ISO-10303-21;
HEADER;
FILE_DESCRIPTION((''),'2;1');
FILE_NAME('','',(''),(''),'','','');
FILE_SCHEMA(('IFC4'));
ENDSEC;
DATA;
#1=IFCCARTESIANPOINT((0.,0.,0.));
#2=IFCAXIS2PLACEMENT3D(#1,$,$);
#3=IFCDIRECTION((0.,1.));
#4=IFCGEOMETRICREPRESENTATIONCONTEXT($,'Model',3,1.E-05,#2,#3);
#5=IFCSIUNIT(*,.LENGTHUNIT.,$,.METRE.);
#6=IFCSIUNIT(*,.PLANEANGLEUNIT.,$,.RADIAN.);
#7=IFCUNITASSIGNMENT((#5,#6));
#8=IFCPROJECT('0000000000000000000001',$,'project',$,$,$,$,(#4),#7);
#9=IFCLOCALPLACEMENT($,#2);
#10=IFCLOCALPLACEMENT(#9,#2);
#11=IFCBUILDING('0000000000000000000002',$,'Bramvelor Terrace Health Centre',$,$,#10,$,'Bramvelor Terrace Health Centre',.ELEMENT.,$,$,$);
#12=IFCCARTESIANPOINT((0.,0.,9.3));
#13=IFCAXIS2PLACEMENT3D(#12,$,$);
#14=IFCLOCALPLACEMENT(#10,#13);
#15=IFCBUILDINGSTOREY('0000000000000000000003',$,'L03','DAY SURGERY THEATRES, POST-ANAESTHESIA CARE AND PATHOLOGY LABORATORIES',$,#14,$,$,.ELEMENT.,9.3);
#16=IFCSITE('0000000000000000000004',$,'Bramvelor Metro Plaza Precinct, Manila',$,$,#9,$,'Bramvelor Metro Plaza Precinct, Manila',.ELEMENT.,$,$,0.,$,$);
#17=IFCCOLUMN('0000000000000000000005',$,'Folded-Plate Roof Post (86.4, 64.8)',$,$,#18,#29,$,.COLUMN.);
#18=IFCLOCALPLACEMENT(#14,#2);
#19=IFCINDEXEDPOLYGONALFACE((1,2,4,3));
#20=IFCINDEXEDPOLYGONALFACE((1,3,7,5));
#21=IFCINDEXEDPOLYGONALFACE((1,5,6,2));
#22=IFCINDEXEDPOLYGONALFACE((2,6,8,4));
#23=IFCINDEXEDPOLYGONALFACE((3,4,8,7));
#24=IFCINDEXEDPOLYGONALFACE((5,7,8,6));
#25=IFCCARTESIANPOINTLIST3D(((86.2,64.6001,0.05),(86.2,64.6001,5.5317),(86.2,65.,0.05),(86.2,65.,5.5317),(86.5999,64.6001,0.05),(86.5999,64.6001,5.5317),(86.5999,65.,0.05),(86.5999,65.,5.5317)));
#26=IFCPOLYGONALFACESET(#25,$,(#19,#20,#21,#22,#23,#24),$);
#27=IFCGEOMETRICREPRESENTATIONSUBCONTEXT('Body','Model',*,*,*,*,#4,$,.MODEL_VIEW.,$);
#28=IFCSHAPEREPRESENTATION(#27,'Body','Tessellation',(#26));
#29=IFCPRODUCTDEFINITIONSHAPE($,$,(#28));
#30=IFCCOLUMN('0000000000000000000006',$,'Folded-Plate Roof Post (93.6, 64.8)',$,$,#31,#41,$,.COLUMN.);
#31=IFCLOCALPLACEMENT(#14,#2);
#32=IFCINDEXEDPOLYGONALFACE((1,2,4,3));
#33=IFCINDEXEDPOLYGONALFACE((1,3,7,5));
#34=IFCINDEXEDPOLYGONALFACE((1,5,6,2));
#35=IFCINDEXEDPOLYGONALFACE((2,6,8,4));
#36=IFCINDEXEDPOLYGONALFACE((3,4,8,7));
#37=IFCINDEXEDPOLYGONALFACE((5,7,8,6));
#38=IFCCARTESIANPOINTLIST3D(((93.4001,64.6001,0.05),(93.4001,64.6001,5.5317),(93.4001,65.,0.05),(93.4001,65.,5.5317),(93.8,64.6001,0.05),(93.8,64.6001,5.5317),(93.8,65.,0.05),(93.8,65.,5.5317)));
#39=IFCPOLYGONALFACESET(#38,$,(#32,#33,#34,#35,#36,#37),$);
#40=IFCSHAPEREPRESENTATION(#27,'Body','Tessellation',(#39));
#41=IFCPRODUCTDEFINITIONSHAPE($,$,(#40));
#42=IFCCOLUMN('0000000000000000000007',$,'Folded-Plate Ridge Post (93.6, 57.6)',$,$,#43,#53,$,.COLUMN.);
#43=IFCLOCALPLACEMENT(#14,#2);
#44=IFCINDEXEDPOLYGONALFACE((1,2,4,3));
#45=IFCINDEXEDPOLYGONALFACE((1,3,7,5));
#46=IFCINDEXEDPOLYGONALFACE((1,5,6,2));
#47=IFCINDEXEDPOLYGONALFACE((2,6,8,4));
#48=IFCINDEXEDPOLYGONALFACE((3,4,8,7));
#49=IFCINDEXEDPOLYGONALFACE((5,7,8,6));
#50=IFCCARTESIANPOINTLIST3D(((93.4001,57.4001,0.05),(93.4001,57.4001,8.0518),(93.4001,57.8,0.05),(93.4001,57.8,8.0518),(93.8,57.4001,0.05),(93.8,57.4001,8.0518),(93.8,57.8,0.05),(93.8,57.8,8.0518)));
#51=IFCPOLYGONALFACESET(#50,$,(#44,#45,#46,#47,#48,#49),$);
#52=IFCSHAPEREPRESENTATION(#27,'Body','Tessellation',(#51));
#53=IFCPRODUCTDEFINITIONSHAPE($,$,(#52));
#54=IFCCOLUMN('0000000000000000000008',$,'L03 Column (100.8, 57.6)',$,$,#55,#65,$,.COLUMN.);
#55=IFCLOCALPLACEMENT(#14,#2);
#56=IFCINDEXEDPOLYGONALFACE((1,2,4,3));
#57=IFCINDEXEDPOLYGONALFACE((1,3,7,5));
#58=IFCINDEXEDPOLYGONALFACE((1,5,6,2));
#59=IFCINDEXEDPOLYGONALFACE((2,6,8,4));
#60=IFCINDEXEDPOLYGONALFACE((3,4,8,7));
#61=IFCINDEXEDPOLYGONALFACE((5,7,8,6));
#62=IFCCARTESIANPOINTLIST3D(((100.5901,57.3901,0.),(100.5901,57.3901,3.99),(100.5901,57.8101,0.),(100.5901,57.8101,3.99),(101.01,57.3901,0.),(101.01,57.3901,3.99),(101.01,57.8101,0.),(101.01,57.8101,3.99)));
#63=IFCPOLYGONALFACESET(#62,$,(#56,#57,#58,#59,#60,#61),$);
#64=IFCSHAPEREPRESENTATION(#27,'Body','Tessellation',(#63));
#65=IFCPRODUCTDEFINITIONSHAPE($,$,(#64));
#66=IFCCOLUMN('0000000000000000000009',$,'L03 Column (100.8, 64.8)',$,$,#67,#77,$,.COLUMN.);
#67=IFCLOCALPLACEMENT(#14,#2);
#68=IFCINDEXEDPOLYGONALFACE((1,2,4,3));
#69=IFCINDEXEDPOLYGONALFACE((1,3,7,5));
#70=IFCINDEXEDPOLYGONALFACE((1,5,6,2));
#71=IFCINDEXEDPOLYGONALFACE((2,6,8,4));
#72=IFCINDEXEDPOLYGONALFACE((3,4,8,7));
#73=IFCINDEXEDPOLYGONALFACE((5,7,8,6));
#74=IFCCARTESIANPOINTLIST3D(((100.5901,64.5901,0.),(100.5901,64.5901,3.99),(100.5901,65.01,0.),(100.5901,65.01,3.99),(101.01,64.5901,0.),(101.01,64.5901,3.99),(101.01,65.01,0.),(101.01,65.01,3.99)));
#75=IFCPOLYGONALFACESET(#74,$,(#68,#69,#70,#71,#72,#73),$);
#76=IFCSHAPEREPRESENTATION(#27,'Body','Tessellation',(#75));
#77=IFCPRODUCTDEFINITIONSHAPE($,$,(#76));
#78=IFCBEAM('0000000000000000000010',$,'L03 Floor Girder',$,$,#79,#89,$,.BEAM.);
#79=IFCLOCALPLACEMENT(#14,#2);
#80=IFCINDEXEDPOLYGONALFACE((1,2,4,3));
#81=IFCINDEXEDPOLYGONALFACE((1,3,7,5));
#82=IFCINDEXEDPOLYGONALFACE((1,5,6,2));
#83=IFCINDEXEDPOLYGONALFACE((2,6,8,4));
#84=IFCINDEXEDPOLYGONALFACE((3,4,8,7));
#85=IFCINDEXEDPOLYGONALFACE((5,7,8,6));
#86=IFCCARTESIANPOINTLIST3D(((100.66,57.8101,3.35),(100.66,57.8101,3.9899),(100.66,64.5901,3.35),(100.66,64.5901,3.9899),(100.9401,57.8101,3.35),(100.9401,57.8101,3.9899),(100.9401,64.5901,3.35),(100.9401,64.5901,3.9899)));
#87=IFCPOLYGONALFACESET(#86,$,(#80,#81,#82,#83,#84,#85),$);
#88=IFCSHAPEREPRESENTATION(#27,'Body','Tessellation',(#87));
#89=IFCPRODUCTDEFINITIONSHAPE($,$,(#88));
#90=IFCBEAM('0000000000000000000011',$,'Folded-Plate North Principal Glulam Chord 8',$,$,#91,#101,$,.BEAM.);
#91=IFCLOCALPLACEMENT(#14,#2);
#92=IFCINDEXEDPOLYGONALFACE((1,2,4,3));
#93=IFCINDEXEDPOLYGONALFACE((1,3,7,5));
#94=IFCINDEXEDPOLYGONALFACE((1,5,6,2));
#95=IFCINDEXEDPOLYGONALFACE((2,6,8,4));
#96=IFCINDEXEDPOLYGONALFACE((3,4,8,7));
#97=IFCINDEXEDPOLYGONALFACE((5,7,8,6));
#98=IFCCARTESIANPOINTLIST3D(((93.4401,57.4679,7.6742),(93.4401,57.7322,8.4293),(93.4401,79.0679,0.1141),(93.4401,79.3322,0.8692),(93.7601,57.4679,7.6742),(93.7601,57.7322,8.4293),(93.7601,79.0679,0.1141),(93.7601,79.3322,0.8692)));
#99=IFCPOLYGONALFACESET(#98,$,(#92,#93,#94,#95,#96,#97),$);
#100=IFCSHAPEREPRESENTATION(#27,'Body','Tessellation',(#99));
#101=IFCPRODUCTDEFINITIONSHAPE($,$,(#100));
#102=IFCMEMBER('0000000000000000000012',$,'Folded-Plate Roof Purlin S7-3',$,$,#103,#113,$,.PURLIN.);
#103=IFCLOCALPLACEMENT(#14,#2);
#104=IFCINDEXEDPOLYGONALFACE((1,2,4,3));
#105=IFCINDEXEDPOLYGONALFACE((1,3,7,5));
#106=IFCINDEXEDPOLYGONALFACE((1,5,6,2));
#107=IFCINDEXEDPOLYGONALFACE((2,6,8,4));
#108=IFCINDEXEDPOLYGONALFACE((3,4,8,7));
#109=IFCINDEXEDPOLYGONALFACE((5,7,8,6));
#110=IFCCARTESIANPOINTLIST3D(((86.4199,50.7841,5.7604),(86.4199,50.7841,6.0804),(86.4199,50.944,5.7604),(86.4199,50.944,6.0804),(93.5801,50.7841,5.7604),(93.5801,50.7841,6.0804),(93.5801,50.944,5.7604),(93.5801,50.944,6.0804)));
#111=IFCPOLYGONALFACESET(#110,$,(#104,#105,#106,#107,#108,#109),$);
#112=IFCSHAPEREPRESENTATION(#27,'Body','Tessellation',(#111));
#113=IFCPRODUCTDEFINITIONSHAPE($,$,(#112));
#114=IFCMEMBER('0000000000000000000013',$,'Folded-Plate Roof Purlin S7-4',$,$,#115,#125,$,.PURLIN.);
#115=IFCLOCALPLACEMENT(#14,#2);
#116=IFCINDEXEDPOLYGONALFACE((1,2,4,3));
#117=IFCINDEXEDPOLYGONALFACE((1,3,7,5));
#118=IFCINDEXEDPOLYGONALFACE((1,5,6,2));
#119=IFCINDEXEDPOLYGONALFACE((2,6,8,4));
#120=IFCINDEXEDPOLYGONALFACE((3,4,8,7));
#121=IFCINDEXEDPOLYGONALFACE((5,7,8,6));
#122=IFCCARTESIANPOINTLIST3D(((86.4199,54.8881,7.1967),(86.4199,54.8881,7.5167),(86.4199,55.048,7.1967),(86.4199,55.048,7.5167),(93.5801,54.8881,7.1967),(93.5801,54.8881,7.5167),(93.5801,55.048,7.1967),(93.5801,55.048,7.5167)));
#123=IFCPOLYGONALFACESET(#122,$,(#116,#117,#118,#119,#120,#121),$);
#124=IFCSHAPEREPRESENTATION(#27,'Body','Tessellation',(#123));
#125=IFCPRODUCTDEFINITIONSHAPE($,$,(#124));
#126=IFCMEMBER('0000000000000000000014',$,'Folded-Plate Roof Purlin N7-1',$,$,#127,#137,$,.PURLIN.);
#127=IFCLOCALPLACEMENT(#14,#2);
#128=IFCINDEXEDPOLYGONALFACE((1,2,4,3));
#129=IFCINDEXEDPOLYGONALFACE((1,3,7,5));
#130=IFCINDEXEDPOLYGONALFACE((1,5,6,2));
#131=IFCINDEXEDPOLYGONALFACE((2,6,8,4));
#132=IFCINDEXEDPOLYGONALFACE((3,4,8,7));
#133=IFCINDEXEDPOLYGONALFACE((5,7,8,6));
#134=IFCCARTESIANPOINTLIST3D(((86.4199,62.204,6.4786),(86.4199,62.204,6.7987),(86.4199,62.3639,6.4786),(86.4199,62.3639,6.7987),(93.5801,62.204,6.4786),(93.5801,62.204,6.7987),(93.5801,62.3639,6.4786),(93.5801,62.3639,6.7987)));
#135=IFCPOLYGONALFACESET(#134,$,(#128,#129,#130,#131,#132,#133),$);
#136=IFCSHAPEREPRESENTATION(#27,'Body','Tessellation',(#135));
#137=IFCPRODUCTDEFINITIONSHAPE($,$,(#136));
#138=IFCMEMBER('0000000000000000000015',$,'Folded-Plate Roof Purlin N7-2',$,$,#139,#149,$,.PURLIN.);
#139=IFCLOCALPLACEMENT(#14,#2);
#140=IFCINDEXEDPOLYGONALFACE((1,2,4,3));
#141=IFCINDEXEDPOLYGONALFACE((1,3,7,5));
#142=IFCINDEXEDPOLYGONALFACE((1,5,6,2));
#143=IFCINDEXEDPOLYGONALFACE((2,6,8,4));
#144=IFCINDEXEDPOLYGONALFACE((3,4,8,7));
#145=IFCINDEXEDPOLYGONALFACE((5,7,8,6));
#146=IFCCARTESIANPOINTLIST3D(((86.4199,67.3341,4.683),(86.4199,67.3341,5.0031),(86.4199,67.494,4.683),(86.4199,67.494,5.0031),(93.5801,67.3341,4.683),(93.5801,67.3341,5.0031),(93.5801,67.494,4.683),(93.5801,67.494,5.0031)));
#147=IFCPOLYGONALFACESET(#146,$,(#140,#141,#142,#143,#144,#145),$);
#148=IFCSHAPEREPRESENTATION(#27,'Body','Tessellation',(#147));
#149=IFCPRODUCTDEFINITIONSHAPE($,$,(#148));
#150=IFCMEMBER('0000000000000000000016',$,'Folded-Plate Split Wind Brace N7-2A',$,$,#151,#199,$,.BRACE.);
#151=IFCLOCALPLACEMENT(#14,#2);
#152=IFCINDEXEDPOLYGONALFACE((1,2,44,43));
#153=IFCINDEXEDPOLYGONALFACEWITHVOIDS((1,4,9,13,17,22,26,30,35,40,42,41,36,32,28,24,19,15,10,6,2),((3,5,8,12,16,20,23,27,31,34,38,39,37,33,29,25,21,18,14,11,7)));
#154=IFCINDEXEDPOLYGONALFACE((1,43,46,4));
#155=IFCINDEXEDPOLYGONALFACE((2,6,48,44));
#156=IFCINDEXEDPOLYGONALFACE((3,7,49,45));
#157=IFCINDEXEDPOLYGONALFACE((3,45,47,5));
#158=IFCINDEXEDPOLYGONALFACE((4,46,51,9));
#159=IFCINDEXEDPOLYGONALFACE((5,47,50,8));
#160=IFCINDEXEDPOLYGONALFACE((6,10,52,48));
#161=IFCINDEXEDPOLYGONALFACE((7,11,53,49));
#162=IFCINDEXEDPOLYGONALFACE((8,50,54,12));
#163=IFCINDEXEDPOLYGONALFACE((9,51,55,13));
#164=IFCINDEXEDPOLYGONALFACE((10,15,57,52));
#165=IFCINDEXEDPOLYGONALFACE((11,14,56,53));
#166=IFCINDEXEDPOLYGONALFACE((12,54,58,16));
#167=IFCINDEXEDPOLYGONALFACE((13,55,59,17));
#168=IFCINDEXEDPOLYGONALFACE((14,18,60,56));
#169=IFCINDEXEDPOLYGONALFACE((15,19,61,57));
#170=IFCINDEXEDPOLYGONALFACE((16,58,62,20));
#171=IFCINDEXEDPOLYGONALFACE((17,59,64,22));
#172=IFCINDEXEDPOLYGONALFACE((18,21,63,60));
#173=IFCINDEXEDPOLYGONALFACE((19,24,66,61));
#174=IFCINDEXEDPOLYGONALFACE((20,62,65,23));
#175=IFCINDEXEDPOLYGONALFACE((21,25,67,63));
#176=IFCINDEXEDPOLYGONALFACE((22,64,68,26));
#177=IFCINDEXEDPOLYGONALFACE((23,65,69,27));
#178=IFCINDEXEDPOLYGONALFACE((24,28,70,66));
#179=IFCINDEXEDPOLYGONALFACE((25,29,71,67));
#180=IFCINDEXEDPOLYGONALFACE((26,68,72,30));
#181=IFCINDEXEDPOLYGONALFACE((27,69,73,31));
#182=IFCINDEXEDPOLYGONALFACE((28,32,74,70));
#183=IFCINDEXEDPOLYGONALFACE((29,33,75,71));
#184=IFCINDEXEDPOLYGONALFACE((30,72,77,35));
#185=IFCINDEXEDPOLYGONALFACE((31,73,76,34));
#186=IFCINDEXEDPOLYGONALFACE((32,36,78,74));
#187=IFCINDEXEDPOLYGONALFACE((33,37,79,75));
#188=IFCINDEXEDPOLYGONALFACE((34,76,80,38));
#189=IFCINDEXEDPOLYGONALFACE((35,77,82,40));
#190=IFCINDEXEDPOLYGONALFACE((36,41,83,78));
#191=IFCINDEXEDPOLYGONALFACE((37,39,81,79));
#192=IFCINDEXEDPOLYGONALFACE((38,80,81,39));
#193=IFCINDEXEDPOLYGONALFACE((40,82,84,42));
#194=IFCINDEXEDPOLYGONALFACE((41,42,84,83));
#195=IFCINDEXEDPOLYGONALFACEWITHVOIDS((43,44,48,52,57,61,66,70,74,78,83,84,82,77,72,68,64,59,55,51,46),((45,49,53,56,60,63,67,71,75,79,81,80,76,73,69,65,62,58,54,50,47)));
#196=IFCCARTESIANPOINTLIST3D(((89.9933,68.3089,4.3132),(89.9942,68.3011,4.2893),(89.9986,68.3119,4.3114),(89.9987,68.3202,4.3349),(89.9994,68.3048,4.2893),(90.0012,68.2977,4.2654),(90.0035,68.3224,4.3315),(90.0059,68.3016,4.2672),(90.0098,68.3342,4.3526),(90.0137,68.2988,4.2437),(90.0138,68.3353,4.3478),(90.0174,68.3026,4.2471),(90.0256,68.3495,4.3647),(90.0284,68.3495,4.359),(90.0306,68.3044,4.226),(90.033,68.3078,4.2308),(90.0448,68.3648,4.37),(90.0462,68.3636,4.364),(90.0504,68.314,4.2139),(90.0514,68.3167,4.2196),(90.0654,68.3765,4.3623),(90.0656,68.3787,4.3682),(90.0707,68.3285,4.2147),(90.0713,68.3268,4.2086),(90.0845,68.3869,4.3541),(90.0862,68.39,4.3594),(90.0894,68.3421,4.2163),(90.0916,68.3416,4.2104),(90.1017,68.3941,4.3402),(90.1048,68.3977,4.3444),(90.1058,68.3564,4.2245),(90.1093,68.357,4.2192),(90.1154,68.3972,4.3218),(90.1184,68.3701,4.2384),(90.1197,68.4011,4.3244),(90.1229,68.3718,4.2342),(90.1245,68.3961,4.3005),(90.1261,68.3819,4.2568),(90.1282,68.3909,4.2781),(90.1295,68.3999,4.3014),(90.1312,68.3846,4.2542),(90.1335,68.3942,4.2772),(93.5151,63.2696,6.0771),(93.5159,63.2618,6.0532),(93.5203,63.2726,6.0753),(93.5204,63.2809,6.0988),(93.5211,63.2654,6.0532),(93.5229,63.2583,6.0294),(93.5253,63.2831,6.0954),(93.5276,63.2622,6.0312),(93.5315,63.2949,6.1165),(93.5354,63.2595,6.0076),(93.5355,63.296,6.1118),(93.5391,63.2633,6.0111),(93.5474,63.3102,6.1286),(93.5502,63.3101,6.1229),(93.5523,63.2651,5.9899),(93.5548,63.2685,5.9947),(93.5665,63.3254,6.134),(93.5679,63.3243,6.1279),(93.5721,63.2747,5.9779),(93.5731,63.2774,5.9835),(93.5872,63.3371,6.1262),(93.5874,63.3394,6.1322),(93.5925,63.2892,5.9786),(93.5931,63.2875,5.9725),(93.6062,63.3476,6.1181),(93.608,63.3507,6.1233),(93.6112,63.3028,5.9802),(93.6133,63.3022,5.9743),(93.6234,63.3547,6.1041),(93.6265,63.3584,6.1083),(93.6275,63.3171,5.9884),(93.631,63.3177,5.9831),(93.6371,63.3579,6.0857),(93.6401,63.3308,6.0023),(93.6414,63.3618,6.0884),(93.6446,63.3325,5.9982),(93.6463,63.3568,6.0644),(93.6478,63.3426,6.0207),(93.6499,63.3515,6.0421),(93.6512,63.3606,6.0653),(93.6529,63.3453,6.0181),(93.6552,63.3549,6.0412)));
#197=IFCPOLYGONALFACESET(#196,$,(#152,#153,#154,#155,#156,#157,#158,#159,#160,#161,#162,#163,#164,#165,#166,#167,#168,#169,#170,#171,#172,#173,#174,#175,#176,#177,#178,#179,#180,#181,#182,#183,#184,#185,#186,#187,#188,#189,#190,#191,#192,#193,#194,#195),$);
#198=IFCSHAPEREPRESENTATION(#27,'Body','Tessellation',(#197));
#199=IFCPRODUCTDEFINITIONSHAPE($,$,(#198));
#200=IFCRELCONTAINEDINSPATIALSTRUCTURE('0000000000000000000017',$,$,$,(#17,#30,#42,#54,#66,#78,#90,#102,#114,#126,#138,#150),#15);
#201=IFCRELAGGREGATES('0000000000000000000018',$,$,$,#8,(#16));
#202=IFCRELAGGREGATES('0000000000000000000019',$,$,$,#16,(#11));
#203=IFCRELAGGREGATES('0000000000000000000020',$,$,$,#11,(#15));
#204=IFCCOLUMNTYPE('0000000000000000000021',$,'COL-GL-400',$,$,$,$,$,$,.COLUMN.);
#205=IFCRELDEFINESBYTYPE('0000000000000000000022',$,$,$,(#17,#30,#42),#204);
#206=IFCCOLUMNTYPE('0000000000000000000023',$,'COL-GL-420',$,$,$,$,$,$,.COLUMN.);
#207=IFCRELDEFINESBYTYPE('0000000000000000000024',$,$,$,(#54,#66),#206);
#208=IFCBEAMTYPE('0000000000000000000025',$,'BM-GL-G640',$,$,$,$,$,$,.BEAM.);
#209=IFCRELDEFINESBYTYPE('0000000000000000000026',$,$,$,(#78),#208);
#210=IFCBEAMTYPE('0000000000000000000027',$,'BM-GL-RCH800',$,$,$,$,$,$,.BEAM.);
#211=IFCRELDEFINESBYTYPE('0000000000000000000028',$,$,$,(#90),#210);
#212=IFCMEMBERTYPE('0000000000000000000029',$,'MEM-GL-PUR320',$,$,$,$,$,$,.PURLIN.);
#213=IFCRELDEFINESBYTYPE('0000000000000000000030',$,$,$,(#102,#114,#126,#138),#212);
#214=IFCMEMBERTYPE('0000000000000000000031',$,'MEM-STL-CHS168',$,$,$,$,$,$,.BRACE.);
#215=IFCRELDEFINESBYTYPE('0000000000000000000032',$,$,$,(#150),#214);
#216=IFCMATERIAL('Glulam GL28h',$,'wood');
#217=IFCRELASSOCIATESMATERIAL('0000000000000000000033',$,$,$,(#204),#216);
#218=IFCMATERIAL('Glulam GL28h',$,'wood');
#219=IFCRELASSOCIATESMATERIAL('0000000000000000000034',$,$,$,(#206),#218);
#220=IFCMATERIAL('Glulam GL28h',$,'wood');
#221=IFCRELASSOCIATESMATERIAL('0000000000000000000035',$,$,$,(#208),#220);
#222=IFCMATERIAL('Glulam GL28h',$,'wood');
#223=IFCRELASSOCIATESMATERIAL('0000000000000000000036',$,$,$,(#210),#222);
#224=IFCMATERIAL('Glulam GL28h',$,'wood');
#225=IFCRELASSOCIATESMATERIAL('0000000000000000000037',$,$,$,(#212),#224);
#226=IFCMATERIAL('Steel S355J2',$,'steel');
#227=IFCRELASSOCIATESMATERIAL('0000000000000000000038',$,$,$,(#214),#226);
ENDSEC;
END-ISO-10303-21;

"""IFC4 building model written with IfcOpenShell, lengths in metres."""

from ifc_helpers import new_model, si_unit, direction, frame, origin, origin_2d, place, context, subcontext, project, spatial, rectangle, hollow_circle, extrude, material, material_profile, profile_set, type_object, element, save


model = new_model("IFC4")

# Units and contexts
model_context = context("Model", 3, precision=1e-05, world=origin(), true_north=direction((0.0, 1.0)))
body_context = subcontext(model_context, "Body", "Model", "MODEL_VIEW")
ifc_project = project(units=[si_unit("LENGTHUNIT", "METRE"), si_unit("PLANEANGLEUNIT", "RADIAN")], contexts=[model_context])

# Site, building, storey
site_placement = place(None, origin())
site = spatial("IfcSite", under=ifc_project, at=site_placement, Name="Bramvelor Metro Plaza Precinct, Manila", LongName="Bramvelor Metro Plaza Precinct, Manila", CompositionType="ELEMENT", RefElevation=0.0)
building_placement = place(site_placement, origin())
building = spatial("IfcBuilding", under=site, at=building_placement, Name="Bramvelor Terrace Health Centre", LongName="Bramvelor Terrace Health Centre", CompositionType="ELEMENT")
storey_placement = place(building_placement, frame((0.0, 0.0, 9.3)))
storey = spatial("IfcBuildingStorey", under=building, at=storey_placement, Name="L03", Description="DAY SURGERY THEATRES, POST-ANAESTHESIA CARE AND PATHOLOGY LABORATORIES", CompositionType="ELEMENT", Elevation=9.3)

# Columns
ifc_material_1 = material(Name="Glulam GL28h", Category="wood")
ifc_material_profile_1 = material_profile(ifc_material_1, rectangle(XDim=0.3999, YDim=0.3999, at=origin_2d()), Name="GL 400x400")
ifc_profile_set_1 = profile_set([ifc_material_profile_1], Name="Glulam GL28h")
column_type_1 = type_object("IfcColumnType", Name="COL-GL-400", PredefinedType="COLUMN", material=ifc_profile_set_1)
for number, where, z_axis, x_axis, name in (
    (1, (86.3999, 64.8, 0.05), (0.0, 0.0, 1.0), (1.0, 0.0, 0.0), "Folded-Plate Roof Post (86.4, 64.8)"),
    (2, (93.6001, 64.8, 0.05), (0.0, 0.0, 1.0), (1.0, 0.0, 0.0), "Folded-Plate Roof Post (93.6, 64.8)"),
):
    element("IfcColumn", number, at=place(storey_placement, frame(where, z_axis=z_axis, x_axis=x_axis)), inside=storey, type_object=column_type_1, Name=name, PredefinedType="COLUMN", context=body_context, shape_type="SweptSolid", body=[
        extrude(rectangle(XDim=0.3999, YDim=0.3999, at=origin_2d()), origin(), (0.0, 0.0, 1.0), 5.4817),
    ])
column_placement = place(storey_placement, frame((93.6001, 57.6001, 0.05), z_axis=(0.0, 0.0, 1.0), x_axis=(1.0, 0.0, 0.0)))
element("IfcColumn", 3, at=column_placement, inside=storey, type_object=column_type_1, Name="Folded-Plate Ridge Post (93.6, 57.6)", PredefinedType="COLUMN", context=body_context, shape_type="SweptSolid", body=[
    extrude(rectangle(XDim=0.3999, YDim=0.3999, at=origin_2d()), origin(), (0.0, 0.0, 1.0), 8.0017),
])
ifc_material_2 = material(Name="Glulam GL28h", Category="wood")
ifc_material_profile_2 = material_profile(ifc_material_2, rectangle(XDim=0.4199, YDim=0.4199, at=origin_2d()), Name="GL 420x420")
ifc_profile_set_2 = profile_set([ifc_material_profile_2], Name="Glulam GL28h")
column_type_2 = type_object("IfcColumnType", Name="COL-GL-420", PredefinedType="COLUMN", material=ifc_profile_set_2)
for number, where, z_axis, x_axis, name in (
    (4, (100.8, 57.6001, 0.0), (0.0, 0.0, 1.0), (1.0, 0.0, 0.0), "L03 Column (100.8, 57.6)"),
    (5, (100.8, 64.8, 0.0), (0.0, 0.0, 1.0), (1.0, 0.0, 0.0), "L03 Column (100.8, 64.8)"),
):
    element("IfcColumn", number, at=place(storey_placement, frame(where, z_axis=z_axis, x_axis=x_axis)), inside=storey, type_object=column_type_2, Name=name, PredefinedType="COLUMN", context=body_context, shape_type="SweptSolid", body=[
        extrude(rectangle(XDim=0.4199, YDim=0.4199, at=origin_2d()), origin(), (0.0, 0.0, 1.0), 3.99),
    ])

# Beams
ifc_material_3 = material(Name="Glulam GL28h", Category="wood")
ifc_material_profile_3 = material_profile(ifc_material_3, rectangle(XDim=0.28, YDim=0.6399, at=origin_2d()), Name="GL 280x640")
ifc_profile_set_3 = profile_set([ifc_material_profile_3], Name="Glulam GL28h")
beam_type_1 = type_object("IfcBeamType", Name="BM-GL-G640", PredefinedType="BEAM", material=ifc_profile_set_3)
beam_1_placement = place(storey_placement, frame((100.8, 57.8101, 3.6699), z_axis=(0.0, 1.0, 0.0), x_axis=(-1.0, 0.0, 0.0)))
element("IfcBeam", 6, at=beam_1_placement, inside=storey, type_object=beam_type_1, Name="L03 Floor Girder", PredefinedType="BEAM", context=body_context, shape_type="SweptSolid", body=[
    extrude(rectangle(XDim=0.28, YDim=0.6399, at=origin_2d()), origin(), (0.0, 0.0, 1.0), 6.78),
])
ifc_material_4 = material(Name="Glulam GL28h", Category="wood")
ifc_material_profile_4 = material_profile(ifc_material_4, rectangle(XDim=0.3201, YDim=0.8, at=origin_2d()), Name="GL 320x800")
ifc_profile_set_4 = profile_set([ifc_material_profile_4], Name="Glulam GL28h")
beam_type_2 = type_object("IfcBeamType", Name="BM-GL-RCH800", PredefinedType="BEAM", material=ifc_profile_set_4)
beam_2_placement = place(storey_placement, frame((93.6001, 57.6001, 8.0518), z_axis=(0.0, 0.943857, -0.330355), x_axis=(-1.0, 0.0, 0.0)))
element("IfcBeam", 7, at=beam_2_placement, inside=storey, type_object=beam_type_2, Name="Folded-Plate North Principal Glulam Chord 8", PredefinedType="BEAM", context=body_context, shape_type="SweptSolid", body=[
    extrude(rectangle(XDim=0.3201, YDim=0.8, at=origin_2d()), origin(), (0.0, 0.0, 1.0), 22.8848),
])

# Members
ifc_material_5 = material(Name="Glulam GL28h", Category="wood")
ifc_material_profile_5 = material_profile(ifc_material_5, rectangle(XDim=0.1599, YDim=0.3201, at=origin_2d()), Name="GL 160x320")
ifc_profile_set_5 = profile_set([ifc_material_profile_5], Name="Glulam GL28h")
member_type_1 = type_object("IfcMemberType", Name="MEM-GL-PUR320", PredefinedType="PURLIN", material=ifc_profile_set_5)
for number, where, z_axis, x_axis, name in (
    (8, (86.4199, 50.864, 5.9204), (1.0, 0.0, 0.0), (0.0, 1.0, 0.0), "Folded-Plate Roof Purlin S7-3"),
    (9, (86.4199, 54.968, 7.3567), (1.0, 0.0, 0.0), (0.0, 1.0, 0.0), "Folded-Plate Roof Purlin S7-4"),
    (10, (86.4199, 62.2839, 6.6387), (1.0, 0.0, 0.0), (0.0, 1.0, 0.0), "Folded-Plate Roof Purlin N7-1"),
    (11, (86.4199, 67.4141, 4.843), (1.0, 0.0, 0.0), (0.0, 1.0, 0.0), "Folded-Plate Roof Purlin N7-2"),
):
    element("IfcMember", number, at=place(storey_placement, frame(where, z_axis=z_axis, x_axis=x_axis)), inside=storey, type_object=member_type_1, Name=name, PredefinedType="PURLIN", context=body_context, shape_type="SweptSolid", body=[
        extrude(rectangle(XDim=0.1599, YDim=0.3201, at=origin_2d()), origin(), (0.0, 0.0, 1.0), 7.1602),
    ])
ifc_material_6 = material(Name="Steel S355J2", Category="steel")
ifc_material_profile_6 = material_profile(ifc_material_6, hollow_circle(Radius=0.0842, WallThickness=0.0063, at=origin_2d()), Name="CHS 168.3x6.3")
ifc_profile_set_6 = profile_set([ifc_material_profile_6], Name="Steel S355J2")
member_type_2 = type_object("IfcMemberType", Name="MEM-STL-CHS168", PredefinedType="BRACE", material=ifc_profile_set_6)
for number, where, z_axis, x_axis, name in (
    (12, (93.585, 63.3101, 6.0532), (-0.550616, 0.787886, -0.275785), (-0.819674, -0.572831, 0.0), "Folded-Plate Split Wind Brace N7-2A"),
):
    element("IfcMember", number, at=place(storey_placement, frame(where, z_axis=z_axis, x_axis=x_axis)), inside=storey, type_object=member_type_2, Name=name, PredefinedType="BRACE", context=body_context, shape_type="SweptSolid", body=[
        extrude(hollow_circle(Radius=0.0842, WallThickness=0.0063, at=origin_2d()), origin(), (0.0, 0.0, 1.0), 6.396),
    ])

save(model, "model.ifc")
